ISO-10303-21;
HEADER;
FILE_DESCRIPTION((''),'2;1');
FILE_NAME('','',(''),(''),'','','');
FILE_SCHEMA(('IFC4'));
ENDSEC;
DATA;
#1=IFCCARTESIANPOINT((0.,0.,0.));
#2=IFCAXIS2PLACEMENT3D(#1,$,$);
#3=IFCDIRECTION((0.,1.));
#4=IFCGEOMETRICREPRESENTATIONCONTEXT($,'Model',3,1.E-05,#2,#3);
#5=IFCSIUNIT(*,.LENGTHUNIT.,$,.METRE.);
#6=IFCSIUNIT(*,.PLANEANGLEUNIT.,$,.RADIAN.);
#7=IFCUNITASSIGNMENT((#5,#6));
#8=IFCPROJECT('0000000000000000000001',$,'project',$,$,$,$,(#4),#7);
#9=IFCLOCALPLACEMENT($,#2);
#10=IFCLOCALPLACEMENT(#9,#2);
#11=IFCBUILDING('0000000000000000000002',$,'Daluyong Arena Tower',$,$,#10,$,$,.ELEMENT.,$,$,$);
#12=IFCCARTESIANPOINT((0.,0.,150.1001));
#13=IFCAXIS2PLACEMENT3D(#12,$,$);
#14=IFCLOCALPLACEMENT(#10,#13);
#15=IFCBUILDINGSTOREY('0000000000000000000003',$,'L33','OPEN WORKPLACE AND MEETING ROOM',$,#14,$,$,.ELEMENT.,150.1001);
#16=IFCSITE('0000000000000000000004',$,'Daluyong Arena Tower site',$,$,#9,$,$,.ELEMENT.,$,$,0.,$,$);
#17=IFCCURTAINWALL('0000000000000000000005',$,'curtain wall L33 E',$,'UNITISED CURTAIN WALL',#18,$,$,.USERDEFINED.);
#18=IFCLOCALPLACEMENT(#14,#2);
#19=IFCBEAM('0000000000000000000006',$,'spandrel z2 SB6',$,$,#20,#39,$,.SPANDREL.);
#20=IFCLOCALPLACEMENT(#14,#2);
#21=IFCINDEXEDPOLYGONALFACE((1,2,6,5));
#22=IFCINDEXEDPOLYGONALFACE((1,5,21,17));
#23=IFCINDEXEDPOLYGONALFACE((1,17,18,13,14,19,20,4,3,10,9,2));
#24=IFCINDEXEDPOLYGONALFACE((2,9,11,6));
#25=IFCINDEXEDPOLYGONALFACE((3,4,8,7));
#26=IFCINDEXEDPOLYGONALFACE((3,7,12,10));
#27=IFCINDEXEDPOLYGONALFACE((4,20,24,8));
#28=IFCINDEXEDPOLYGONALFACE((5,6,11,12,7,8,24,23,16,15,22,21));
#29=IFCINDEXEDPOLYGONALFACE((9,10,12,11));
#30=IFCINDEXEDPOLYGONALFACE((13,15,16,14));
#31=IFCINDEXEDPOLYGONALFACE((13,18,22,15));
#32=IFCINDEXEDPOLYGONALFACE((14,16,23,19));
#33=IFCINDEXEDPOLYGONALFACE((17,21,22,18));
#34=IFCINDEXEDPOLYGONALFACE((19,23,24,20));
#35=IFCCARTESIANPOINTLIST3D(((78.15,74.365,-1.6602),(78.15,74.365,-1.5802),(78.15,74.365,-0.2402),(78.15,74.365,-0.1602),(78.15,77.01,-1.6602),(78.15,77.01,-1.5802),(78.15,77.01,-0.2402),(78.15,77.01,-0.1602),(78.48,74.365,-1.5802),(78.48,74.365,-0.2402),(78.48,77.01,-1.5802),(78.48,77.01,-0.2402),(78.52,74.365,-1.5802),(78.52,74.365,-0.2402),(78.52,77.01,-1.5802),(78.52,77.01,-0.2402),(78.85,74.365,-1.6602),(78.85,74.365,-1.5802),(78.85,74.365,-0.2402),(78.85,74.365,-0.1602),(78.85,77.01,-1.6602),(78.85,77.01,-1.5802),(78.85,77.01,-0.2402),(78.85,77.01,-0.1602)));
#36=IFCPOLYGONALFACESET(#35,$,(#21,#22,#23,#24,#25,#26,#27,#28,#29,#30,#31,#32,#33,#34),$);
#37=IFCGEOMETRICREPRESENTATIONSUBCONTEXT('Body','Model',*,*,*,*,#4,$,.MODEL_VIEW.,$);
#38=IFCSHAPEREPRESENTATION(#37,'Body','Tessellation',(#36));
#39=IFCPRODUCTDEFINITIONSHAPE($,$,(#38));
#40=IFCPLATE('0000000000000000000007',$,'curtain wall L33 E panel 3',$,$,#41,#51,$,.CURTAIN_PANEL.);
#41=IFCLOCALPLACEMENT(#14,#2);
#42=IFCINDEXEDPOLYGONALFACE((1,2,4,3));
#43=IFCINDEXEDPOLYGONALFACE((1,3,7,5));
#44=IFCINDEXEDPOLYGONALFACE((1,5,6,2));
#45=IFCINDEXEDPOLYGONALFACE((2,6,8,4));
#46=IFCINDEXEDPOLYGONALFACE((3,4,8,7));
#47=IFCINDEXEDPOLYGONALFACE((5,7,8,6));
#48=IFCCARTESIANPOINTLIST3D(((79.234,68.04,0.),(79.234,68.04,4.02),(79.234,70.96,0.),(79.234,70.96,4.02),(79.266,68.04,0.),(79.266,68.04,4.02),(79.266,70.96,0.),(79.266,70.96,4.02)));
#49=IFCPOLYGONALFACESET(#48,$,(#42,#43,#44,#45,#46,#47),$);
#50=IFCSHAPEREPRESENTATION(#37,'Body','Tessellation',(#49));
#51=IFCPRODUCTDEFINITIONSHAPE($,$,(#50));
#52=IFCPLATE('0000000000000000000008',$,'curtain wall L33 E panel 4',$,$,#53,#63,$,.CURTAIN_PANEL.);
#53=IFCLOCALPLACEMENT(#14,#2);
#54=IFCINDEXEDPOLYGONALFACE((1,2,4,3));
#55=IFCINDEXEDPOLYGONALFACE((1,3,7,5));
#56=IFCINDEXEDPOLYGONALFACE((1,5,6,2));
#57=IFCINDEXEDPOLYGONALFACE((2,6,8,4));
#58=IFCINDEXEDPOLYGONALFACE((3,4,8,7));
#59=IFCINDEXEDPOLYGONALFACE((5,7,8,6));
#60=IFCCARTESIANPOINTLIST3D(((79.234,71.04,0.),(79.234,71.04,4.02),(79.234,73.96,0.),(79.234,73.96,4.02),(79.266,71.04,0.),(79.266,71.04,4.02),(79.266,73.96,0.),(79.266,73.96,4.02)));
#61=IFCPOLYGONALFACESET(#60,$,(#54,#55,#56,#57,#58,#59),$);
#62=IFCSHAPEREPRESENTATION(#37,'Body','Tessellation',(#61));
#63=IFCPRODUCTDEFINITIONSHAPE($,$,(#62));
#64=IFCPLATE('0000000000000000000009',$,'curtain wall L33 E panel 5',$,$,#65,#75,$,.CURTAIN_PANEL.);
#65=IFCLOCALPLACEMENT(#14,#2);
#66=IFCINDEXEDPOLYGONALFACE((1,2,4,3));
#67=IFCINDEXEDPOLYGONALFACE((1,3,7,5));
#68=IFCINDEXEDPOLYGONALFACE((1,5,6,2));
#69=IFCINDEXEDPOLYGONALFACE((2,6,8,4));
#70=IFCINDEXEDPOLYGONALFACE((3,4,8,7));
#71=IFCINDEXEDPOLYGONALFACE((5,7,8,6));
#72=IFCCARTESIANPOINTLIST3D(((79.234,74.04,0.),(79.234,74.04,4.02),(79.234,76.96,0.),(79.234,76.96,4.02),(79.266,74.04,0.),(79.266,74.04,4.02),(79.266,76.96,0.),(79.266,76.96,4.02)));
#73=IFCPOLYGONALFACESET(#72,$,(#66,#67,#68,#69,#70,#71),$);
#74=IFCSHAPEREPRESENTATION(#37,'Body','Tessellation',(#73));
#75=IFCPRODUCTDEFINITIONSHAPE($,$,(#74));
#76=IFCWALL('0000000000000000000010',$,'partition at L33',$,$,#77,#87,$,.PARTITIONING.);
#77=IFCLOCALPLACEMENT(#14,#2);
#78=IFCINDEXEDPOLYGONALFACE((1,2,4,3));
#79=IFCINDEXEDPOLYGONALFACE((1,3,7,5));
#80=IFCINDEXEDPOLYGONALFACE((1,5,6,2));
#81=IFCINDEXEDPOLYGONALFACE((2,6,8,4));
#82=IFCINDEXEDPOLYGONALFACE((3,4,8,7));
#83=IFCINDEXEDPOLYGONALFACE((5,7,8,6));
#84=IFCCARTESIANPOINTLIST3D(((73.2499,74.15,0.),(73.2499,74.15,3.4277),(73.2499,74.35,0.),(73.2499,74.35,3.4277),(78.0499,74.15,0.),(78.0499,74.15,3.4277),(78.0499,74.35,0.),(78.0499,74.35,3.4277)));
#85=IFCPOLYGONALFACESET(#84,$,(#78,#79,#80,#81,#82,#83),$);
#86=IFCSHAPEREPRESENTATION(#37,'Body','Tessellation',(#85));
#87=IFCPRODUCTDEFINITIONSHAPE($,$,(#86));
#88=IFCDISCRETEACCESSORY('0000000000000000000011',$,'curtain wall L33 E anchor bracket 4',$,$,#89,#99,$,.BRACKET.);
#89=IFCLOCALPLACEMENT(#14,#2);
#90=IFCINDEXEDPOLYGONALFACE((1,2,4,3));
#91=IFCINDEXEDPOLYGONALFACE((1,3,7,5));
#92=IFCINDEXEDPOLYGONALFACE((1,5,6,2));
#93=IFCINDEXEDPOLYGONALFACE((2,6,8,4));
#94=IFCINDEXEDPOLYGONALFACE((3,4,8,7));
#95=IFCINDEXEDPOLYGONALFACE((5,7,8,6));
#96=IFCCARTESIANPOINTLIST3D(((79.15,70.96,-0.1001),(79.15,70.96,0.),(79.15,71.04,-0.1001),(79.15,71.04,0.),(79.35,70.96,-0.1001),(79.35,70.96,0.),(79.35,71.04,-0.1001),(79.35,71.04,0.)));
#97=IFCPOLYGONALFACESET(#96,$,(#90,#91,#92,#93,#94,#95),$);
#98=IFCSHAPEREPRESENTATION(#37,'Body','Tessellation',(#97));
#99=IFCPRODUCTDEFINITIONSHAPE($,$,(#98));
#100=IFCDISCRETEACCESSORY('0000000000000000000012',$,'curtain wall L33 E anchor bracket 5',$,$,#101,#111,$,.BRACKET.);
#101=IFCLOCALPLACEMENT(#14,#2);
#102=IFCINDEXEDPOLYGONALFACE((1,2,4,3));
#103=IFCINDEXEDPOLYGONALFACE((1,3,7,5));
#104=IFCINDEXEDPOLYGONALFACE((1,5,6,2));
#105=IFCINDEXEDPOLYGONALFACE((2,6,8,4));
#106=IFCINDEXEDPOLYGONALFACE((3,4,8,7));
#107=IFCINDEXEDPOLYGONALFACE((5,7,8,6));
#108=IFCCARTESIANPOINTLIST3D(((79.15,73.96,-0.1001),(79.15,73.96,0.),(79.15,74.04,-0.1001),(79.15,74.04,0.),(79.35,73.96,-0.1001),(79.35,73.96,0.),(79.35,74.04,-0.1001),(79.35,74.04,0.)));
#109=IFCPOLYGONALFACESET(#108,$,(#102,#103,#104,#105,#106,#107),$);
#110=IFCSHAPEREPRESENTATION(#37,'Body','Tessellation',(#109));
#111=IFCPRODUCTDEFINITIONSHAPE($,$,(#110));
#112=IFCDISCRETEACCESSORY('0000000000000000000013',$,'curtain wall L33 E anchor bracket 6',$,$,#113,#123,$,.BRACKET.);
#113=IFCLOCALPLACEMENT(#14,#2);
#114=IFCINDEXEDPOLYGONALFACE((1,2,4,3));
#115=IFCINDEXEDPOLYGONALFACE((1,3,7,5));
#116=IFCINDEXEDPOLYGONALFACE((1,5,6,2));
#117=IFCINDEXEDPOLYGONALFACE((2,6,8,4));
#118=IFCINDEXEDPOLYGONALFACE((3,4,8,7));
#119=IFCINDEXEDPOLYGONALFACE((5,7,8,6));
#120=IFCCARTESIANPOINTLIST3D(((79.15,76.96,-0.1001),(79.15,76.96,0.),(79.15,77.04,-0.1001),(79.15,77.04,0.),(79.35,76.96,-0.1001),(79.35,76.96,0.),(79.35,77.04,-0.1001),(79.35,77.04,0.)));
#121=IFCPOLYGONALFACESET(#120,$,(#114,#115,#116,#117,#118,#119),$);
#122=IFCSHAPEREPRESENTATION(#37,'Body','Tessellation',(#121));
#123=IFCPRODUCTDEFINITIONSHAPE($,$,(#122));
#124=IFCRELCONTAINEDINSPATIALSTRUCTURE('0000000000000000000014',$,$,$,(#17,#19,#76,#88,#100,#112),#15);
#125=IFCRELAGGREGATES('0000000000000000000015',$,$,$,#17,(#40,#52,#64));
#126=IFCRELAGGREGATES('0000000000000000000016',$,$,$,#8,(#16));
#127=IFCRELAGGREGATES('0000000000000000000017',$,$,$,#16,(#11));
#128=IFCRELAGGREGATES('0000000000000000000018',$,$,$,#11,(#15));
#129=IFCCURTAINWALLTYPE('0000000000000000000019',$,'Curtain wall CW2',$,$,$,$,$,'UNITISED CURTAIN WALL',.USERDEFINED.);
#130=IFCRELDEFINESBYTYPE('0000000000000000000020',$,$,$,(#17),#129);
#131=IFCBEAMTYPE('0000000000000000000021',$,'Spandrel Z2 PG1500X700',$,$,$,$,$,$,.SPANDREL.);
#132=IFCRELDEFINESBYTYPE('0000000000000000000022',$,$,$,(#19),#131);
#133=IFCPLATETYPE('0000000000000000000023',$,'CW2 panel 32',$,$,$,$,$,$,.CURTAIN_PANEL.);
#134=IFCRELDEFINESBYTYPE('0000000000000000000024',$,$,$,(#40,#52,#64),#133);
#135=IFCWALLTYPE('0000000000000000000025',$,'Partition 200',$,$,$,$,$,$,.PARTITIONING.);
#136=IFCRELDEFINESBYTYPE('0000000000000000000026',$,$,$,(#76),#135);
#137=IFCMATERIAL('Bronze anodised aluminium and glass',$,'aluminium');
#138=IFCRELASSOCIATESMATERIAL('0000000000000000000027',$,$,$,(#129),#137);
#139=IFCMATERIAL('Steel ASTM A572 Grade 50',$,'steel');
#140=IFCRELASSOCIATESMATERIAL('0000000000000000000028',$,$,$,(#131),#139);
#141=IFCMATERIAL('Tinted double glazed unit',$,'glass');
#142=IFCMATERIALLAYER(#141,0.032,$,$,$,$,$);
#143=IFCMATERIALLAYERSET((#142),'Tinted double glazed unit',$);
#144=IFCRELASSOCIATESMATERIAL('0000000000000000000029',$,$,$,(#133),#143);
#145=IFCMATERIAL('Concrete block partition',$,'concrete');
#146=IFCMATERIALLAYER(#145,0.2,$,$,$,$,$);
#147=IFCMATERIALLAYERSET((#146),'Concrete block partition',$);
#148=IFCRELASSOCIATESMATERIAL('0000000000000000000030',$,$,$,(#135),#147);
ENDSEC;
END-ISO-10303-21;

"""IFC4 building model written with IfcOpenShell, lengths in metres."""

from ifc_helpers import new_model, si_unit, direction, frame, frame_2d, origin, origin_2d, place, context, subcontext, project, spatial, rectangle, i_section, extrude, material, layer, layer_set, material_profile, profile_set, type_object, element, aggregate, save


model = new_model("IFC4")

# Units and contexts
model_context = context("Model", 3, precision=1e-05, world=origin(), true_north=direction((0.0, 1.0)))
body_context = subcontext(model_context, "Body", "Model", "MODEL_VIEW")
ifc_project = project(units=[si_unit("LENGTHUNIT", "METRE"), si_unit("PLANEANGLEUNIT", "RADIAN")], contexts=[model_context])

# Site, building, storey
site_placement = place(None, origin())
site = spatial("IfcSite", under=ifc_project, at=site_placement, Name="Daluyong Arena Tower site", CompositionType="ELEMENT", RefElevation=0.0)
building_placement = place(site_placement, origin())
building = spatial("IfcBuilding", under=site, at=building_placement, Name="Daluyong Arena Tower", CompositionType="ELEMENT")
storey_placement = place(building_placement, frame((0.0, 0.0, 150.1001)))
storey = spatial("IfcBuildingStorey", under=building, at=storey_placement, Name="L33", Description="OPEN WORKPLACE AND MEETING ROOM", CompositionType="ELEMENT", Elevation=150.1001)

# Curtain wall
ifc_material_1 = material(Name="Bronze anodised aluminium and glass", Category="aluminium")
curtain_wall_type = type_object("IfcCurtainWallType", Name="Curtain wall CW2", ElementType="UNITISED CURTAIN WALL", PredefinedType="USERDEFINED", material=ifc_material_1)
curtain_wall_placement = place(storey_placement, origin())
curtain_wall = element("IfcCurtainWall", 1, at=curtain_wall_placement, inside=storey, type_object=curtain_wall_type, Name="curtain wall L33 E", ObjectType="UNITISED CURTAIN WALL", PredefinedType="USERDEFINED")

# Beam
ifc_material_2 = material(Name="Steel ASTM A572 Grade 50", Category="steel")
ifc_material_profile_1 = material_profile(ifc_material_2, i_section(OverallWidth=0.7, OverallDepth=1.5, WebThickness=0.04, FlangeThickness=0.08, at=origin_2d()))
ifc_profile_set_1 = profile_set([ifc_material_profile_1], Name="Steel ASTM A572 Grade 50")
beam_type_1 = type_object("IfcBeamType", Name="Spandrel Z2 PG1500X700", PredefinedType="SPANDREL", material=ifc_profile_set_1)
for number, where, z_axis, x_axis, name in (
    (2, (78.5, 74.365, -0.9102), (0.0, 1.0, 0.0), (-1.0, 0.0, 0.0), "spandrel z2 SB6"),
):
    element("IfcBeam", number, at=place(storey_placement, frame(where, z_axis=z_axis, x_axis=x_axis)), inside=storey, type_object=beam_type_1, Name=name, PredefinedType="SPANDREL", context=body_context, shape_type="SweptSolid", body=[
        extrude(i_section(OverallWidth=0.7, OverallDepth=1.5, WebThickness=0.04, FlangeThickness=0.08, at=origin_2d()), origin(), (0.0, 0.0, 1.0), 2.645),
    ])

# Plates
ifc_material_3 = material(Name="Tinted double glazed unit", Category="glass")
ifc_layer_1 = layer(ifc_material_3, 0.032)
ifc_layer_set_1 = layer_set([ifc_layer_1], Name="Tinted double glazed unit")
plate_type = type_object("IfcPlateType", Name="CW2 panel 32", PredefinedType="CURTAIN_PANEL", material=ifc_layer_set_1)
plate_1_placement = place(storey_placement, frame((79.25, 69.5, 0.0), z_axis=(0.0, 0.0, 1.0), x_axis=(0.0, 1.0, 0.0)))
plate_1 = element("IfcPlate", 3, at=plate_1_placement, type_object=plate_type, Name="curtain wall L33 E panel 3", PredefinedType="CURTAIN_PANEL", context=body_context, shape_type="SweptSolid", body=[
    extrude(rectangle(XDim=2.9199, YDim=0.032, at=origin_2d()), origin(), (0.0, 0.0, 1.0), 4.02),
])
plate_2_placement = place(storey_placement, frame((79.25, 72.5, 0.0), z_axis=(0.0, 0.0, 1.0), x_axis=(0.0, 1.0, 0.0)))
plate_2 = element("IfcPlate", 4, at=plate_2_placement, type_object=plate_type, Name="curtain wall L33 E panel 4", PredefinedType="CURTAIN_PANEL", context=body_context, shape_type="SweptSolid", body=[
    extrude(rectangle(XDim=2.9199, YDim=0.032, at=origin_2d()), origin(), (0.0, 0.0, 1.0), 4.02),
])
plate_3_placement = place(storey_placement, frame((79.25, 75.5, 0.0), z_axis=(0.0, 0.0, 1.0), x_axis=(0.0, 1.0, 0.0)))
plate_3 = element("IfcPlate", 5, at=plate_3_placement, type_object=plate_type, Name="curtain wall L33 E panel 5", PredefinedType="CURTAIN_PANEL", context=body_context, shape_type="SweptSolid", body=[
    extrude(rectangle(XDim=2.9199, YDim=0.032, at=origin_2d()), origin(), (0.0, 0.0, 1.0), 4.02),
])
aggregate(curtain_wall, [plate_1, plate_2, plate_3])

# Wall
ifc_material_4 = material(Name="Concrete block partition", Category="concrete")
ifc_layer_2 = layer(ifc_material_4, 0.2)
ifc_layer_set_2 = layer_set([ifc_layer_2], Name="Concrete block partition")
wall_type = type_object("IfcWallType", Name="Partition 200", PredefinedType="PARTITIONING", material=ifc_layer_set_2)
wall_placement = place(storey_placement, frame((73.25, 74.25, 0.0), z_axis=(0.0, 0.0, 1.0), x_axis=(1.0, 0.0, 0.0)))
element("IfcWall", 6, at=wall_placement, inside=storey, type_object=wall_type, Name="partition at L33", PredefinedType="PARTITIONING", context=body_context, shape_type="SweptSolid", body=[
    extrude(rectangle(XDim=4.8, YDim=0.2, at=frame_2d((2.3999, 0.0))), origin(), (0.0, 0.0, 1.0), 3.4277),
])

# Discrete accessories
for number, where, z_axis, x_axis, name in (
    (7, (79.25, 71.0, -0.1001), (0.0, 0.0, 1.0), (0.0, 1.0, 0.0), "curtain wall L33 E anchor bracket 4"),
    (8, (79.25, 74.0, -0.1001), (0.0, 0.0, 1.0), (0.0, 1.0, 0.0), "curtain wall L33 E anchor bracket 5"),
    (9, (79.25, 77.0, -0.1001), (0.0, 0.0, 1.0), (0.0, 1.0, 0.0), "curtain wall L33 E anchor bracket 6"),
):
    element("IfcDiscreteAccessory", number, at=place(storey_placement, frame(where, z_axis=z_axis, x_axis=x_axis)), inside=storey, Name=name, PredefinedType="BRACKET", context=body_context, shape_type="SweptSolid", body=[
        extrude(rectangle(XDim=0.0801, YDim=0.2, at=origin_2d()), origin(), (0.0, 0.0, 1.0), 0.1001),
    ])

save(model, "model.ifc")
